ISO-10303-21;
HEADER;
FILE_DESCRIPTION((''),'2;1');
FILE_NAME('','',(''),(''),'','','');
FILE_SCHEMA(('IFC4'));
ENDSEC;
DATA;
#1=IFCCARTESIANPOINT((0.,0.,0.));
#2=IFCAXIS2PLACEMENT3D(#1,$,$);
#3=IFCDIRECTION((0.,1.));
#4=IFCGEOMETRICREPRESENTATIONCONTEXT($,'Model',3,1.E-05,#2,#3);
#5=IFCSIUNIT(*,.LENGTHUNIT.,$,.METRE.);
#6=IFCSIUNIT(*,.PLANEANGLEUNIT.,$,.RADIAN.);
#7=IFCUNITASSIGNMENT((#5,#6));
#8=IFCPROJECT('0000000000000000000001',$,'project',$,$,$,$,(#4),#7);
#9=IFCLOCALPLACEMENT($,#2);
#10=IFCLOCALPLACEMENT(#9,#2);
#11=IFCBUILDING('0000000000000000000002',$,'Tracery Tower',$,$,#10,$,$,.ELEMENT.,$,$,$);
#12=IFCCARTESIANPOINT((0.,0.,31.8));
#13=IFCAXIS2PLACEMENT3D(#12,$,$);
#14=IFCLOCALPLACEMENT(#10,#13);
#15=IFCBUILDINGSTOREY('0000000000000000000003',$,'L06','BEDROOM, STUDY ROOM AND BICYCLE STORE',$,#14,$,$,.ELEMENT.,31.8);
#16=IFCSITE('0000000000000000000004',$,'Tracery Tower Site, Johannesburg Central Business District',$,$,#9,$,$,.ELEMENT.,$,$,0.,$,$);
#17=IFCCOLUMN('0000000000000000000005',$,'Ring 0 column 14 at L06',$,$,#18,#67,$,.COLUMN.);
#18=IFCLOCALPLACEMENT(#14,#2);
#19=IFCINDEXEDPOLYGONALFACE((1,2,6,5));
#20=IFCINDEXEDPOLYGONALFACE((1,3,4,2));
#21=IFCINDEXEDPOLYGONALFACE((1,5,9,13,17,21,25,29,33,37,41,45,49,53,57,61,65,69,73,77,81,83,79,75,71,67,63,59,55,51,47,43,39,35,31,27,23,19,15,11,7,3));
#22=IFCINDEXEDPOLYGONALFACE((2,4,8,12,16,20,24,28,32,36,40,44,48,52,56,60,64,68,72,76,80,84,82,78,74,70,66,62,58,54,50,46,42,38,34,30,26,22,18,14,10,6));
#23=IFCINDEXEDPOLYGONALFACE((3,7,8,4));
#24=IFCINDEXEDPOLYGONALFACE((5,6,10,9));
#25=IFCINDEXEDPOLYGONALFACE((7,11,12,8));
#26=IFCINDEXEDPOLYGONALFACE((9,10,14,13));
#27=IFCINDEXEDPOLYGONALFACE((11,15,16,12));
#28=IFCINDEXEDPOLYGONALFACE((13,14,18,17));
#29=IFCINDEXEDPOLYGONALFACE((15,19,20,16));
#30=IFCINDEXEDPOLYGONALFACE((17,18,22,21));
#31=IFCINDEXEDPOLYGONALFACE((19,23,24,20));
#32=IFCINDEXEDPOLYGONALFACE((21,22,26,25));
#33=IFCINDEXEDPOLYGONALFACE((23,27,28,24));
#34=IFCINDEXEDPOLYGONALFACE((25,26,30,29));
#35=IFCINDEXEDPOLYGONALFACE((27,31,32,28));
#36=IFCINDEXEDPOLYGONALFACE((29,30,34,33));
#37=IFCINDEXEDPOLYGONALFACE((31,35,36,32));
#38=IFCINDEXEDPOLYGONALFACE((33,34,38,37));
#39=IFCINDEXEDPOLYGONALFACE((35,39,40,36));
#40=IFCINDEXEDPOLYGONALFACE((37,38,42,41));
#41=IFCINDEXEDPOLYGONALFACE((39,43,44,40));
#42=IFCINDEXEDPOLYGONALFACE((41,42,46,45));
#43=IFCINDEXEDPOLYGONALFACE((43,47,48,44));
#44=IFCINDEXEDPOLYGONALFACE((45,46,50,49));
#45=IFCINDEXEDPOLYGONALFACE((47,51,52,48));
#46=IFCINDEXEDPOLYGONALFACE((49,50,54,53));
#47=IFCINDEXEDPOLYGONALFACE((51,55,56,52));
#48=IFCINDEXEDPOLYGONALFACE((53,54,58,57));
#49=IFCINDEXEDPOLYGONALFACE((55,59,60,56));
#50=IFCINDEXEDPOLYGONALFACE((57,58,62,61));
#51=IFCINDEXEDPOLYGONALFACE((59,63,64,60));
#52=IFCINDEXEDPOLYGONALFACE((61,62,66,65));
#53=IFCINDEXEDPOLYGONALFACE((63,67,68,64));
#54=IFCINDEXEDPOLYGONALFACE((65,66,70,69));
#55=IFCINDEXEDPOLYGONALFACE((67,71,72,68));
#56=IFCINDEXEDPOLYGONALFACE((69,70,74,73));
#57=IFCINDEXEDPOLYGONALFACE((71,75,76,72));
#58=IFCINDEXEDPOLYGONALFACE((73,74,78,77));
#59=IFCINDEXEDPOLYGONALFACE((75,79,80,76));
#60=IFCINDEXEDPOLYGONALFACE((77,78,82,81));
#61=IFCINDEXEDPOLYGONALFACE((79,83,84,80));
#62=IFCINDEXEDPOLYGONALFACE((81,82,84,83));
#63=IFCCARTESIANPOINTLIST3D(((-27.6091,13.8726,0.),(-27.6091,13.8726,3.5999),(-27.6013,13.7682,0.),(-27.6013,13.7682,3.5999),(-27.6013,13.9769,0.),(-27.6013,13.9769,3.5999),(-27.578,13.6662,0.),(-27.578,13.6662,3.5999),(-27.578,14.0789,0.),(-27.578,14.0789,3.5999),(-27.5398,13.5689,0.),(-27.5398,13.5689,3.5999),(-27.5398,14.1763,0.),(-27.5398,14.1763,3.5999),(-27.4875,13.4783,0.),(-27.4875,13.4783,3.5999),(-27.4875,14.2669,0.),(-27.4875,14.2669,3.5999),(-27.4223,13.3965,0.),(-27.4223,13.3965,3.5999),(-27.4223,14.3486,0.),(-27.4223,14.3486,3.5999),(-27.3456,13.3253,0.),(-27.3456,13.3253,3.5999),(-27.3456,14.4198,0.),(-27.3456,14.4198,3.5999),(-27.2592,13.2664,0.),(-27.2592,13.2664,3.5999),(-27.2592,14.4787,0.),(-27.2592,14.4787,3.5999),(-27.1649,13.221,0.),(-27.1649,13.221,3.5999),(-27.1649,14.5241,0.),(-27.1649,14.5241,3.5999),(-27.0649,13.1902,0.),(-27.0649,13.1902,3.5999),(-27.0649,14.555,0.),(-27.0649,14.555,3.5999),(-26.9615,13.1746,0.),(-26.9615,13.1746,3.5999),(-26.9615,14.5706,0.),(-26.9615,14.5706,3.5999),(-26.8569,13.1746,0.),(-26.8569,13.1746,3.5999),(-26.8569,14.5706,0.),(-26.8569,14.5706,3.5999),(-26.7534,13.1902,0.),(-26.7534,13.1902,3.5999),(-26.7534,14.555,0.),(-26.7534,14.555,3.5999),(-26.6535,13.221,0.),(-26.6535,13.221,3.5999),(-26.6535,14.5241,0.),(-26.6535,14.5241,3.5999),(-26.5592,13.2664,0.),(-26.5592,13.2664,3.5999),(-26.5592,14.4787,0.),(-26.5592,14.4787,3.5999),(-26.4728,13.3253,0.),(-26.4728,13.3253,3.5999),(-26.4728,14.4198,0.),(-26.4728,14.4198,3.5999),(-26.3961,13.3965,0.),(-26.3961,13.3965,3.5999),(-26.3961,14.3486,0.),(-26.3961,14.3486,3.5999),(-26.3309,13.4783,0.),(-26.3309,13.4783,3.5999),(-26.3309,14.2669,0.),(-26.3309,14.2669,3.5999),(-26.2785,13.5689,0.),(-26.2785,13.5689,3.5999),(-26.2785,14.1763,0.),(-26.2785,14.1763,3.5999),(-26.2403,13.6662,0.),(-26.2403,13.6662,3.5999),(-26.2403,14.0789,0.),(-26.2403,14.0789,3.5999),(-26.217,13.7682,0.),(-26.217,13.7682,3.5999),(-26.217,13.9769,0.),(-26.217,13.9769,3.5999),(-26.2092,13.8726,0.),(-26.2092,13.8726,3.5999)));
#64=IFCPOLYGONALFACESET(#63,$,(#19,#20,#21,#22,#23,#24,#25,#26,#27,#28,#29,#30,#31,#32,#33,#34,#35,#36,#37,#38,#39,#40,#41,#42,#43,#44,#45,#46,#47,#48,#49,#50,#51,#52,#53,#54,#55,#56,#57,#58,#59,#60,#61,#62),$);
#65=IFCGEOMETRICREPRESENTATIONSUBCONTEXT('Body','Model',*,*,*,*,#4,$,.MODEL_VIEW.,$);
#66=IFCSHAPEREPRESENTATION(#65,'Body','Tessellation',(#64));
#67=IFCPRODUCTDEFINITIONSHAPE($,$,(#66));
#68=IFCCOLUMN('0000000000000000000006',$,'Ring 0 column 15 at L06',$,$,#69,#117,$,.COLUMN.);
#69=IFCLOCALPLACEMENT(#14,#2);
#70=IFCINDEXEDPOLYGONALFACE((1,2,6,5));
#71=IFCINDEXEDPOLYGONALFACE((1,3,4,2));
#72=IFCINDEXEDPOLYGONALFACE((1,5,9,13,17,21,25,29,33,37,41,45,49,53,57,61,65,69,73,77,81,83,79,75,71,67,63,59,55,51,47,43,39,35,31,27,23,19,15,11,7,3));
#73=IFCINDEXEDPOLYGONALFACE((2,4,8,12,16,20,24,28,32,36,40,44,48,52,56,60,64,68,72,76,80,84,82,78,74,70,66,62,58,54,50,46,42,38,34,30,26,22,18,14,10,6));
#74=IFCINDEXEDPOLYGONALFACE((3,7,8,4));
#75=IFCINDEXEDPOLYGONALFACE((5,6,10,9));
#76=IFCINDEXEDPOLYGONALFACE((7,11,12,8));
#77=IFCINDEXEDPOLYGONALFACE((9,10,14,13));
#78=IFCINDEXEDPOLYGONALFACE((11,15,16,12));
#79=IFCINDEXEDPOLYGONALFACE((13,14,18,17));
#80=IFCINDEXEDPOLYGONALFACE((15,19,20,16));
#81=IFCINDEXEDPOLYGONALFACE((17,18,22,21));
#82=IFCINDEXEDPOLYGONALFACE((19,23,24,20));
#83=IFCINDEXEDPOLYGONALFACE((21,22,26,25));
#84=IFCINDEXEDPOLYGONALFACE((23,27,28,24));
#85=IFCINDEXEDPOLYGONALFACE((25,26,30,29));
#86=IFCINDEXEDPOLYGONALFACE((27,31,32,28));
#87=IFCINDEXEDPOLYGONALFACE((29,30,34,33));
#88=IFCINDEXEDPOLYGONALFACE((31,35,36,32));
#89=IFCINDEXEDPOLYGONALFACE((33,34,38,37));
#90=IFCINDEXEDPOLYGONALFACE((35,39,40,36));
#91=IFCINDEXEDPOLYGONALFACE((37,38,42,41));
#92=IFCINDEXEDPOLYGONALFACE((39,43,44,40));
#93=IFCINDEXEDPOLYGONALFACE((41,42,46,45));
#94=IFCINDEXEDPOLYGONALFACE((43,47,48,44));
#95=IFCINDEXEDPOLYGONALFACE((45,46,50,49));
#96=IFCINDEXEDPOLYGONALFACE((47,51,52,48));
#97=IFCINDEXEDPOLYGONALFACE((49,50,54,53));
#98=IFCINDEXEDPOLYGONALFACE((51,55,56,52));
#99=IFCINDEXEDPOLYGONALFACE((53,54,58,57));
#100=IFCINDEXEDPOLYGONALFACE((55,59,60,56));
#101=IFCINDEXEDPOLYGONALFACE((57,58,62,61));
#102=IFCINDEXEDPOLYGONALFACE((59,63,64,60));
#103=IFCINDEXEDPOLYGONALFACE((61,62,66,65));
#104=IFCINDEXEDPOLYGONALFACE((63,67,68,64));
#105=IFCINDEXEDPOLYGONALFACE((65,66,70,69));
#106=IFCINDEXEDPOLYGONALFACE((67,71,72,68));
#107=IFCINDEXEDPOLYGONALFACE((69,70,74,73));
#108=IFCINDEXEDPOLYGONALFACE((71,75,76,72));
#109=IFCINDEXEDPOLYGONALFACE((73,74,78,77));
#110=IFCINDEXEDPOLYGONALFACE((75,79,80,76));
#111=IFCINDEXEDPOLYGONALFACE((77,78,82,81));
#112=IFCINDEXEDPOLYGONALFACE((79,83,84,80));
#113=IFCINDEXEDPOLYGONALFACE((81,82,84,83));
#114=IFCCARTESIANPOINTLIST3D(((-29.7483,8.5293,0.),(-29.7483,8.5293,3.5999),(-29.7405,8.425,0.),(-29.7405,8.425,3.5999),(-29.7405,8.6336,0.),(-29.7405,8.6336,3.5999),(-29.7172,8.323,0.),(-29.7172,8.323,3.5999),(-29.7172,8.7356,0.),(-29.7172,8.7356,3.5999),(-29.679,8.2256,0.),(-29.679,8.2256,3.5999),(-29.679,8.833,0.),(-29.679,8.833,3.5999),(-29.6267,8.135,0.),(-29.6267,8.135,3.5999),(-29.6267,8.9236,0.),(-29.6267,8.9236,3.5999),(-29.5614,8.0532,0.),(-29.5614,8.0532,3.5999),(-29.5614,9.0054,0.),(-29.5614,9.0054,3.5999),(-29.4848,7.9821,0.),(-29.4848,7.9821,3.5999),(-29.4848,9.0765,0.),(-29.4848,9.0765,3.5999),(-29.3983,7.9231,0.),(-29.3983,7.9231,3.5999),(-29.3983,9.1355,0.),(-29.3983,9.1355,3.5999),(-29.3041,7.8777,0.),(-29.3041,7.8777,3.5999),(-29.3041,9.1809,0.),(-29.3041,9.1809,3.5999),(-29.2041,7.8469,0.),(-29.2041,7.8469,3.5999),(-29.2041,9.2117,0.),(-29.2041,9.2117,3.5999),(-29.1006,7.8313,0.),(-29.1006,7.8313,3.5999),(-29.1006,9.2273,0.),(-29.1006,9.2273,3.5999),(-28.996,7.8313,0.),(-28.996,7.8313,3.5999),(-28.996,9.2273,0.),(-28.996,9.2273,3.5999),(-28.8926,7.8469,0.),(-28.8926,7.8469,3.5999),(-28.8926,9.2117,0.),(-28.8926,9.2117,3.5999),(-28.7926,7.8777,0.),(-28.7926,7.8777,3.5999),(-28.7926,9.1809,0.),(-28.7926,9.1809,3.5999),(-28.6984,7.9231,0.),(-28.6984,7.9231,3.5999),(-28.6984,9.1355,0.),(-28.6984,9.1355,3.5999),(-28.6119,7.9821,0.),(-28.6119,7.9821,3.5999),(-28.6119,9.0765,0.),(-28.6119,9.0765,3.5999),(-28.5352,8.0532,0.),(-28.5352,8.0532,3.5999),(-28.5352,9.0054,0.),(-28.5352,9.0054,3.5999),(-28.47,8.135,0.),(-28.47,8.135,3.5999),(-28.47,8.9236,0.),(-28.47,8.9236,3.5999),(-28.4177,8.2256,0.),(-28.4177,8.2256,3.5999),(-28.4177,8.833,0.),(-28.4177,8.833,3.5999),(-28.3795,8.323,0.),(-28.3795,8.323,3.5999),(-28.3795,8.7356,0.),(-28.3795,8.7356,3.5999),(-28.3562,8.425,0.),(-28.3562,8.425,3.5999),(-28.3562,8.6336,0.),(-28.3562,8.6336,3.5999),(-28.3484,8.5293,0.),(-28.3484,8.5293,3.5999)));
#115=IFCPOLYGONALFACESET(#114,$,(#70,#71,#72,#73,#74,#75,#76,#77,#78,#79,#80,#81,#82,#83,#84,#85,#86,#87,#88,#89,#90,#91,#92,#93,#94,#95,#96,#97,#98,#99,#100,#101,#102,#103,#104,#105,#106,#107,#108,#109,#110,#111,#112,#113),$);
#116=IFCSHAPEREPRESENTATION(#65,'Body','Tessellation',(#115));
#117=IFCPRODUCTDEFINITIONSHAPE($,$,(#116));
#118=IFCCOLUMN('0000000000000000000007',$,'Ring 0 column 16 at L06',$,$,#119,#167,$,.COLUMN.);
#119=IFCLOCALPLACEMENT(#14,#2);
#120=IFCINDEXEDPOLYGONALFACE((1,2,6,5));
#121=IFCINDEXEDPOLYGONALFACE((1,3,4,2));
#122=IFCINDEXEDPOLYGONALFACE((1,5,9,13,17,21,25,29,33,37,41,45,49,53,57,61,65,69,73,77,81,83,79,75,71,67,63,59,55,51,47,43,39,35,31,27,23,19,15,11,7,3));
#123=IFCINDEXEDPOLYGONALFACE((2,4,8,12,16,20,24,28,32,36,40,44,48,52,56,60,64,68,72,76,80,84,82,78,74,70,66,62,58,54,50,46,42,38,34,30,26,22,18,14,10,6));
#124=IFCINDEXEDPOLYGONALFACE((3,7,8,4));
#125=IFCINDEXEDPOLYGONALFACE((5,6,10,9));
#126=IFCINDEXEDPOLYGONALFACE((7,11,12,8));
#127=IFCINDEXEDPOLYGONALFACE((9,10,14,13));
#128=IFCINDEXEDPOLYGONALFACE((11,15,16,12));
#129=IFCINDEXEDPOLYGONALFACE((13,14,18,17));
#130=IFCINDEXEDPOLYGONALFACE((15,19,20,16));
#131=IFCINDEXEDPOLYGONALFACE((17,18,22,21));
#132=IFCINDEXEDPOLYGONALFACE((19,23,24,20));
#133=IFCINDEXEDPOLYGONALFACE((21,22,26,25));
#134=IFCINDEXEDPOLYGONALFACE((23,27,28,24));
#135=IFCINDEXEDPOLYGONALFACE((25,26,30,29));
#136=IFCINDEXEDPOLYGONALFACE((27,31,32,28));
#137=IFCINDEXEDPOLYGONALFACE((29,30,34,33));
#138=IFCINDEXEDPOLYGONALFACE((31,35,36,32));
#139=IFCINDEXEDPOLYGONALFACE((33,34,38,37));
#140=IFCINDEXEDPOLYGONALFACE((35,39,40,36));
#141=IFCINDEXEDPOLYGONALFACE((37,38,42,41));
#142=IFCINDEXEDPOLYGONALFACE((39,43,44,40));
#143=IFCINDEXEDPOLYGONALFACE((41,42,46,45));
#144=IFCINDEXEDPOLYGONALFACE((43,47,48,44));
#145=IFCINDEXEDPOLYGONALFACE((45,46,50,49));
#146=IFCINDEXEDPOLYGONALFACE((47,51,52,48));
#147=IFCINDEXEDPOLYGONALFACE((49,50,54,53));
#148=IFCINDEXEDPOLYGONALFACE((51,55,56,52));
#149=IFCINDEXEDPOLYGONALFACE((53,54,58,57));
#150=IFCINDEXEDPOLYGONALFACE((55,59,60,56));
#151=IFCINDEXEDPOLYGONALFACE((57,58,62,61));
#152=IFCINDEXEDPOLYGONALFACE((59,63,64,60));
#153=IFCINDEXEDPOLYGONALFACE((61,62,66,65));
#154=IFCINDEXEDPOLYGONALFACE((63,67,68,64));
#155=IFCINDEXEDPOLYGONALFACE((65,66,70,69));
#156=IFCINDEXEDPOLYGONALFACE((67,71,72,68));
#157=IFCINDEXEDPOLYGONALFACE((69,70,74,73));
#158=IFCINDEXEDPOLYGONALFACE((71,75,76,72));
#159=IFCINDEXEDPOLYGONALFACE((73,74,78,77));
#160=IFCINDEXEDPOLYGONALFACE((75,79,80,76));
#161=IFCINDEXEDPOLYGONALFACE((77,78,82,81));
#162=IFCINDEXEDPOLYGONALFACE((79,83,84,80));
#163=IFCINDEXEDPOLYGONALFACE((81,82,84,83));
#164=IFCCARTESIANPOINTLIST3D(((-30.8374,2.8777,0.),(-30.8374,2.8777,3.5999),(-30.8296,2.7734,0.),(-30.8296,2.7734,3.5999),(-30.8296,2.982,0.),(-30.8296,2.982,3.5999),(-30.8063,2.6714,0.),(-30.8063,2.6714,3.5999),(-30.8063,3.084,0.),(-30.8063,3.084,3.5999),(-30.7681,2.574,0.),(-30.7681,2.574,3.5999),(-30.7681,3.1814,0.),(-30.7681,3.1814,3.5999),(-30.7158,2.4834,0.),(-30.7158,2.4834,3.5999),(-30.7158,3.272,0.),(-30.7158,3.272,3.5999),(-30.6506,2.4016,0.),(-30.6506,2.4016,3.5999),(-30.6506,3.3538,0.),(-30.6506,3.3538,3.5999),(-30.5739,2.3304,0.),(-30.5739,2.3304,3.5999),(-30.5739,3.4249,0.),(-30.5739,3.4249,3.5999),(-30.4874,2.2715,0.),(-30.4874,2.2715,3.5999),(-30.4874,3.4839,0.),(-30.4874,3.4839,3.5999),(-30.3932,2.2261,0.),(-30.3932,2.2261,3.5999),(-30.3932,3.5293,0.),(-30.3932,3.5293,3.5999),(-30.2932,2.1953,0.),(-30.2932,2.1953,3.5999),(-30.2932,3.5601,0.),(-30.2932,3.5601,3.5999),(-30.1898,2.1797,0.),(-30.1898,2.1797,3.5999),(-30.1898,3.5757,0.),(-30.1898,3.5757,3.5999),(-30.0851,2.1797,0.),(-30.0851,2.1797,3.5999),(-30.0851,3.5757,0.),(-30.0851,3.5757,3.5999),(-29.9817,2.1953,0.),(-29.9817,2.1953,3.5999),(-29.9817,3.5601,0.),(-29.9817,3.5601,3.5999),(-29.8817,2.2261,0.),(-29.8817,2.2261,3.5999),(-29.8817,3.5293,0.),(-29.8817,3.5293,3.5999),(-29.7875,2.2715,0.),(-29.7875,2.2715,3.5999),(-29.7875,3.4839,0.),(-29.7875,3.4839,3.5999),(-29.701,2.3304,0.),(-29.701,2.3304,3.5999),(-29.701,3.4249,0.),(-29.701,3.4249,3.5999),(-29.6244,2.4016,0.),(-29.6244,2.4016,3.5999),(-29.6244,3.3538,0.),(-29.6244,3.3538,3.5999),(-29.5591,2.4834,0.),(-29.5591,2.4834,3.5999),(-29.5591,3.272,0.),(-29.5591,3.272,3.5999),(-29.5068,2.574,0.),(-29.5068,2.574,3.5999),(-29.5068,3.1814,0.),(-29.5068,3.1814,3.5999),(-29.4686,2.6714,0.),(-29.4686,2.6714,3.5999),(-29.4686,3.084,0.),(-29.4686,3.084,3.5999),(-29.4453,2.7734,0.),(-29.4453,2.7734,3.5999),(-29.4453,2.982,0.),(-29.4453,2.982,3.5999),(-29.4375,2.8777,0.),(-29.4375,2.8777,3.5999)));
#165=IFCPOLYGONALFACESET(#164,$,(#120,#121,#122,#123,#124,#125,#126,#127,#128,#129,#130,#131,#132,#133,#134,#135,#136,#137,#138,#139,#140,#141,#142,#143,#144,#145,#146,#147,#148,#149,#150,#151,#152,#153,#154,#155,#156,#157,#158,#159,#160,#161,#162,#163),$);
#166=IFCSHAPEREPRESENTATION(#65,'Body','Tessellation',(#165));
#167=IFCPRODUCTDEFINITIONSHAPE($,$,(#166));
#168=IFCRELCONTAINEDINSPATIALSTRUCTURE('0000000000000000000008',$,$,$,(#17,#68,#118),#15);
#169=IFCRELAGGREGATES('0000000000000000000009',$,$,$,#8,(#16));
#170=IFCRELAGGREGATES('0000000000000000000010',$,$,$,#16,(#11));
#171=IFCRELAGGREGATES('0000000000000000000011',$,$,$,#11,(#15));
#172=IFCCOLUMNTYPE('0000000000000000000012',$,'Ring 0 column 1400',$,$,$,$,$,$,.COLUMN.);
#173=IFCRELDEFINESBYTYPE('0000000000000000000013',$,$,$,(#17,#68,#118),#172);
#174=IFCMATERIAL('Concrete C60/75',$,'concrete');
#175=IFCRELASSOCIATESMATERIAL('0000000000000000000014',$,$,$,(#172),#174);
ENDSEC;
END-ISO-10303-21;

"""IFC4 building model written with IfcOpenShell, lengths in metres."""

from ifc_helpers import new_model, si_unit, direction, frame, origin, origin_2d, place, context, subcontext, project, spatial, circle, extrude, material, material_profile, profile_set, type_object, element, save


model = new_model("IFC4")

# Units and contexts
model_context = context("Model", 3, precision=1e-05, world=origin(), true_north=direction((0.0, 1.0)))
body_context = subcontext(model_context, "Body", "Model", "MODEL_VIEW")
ifc_project = project(units=[si_unit("LENGTHUNIT", "METRE"), si_unit("PLANEANGLEUNIT", "RADIAN")], contexts=[model_context])

# Site, building, storey
site_placement = place(None, origin())
site = spatial("IfcSite", under=ifc_project, at=site_placement, Name="Tracery Tower Site, Johannesburg Central Business District", CompositionType="ELEMENT", RefElevation=0.0)
building_placement = place(site_placement, origin())
building = spatial("IfcBuilding", under=site, at=building_placement, Name="Tracery Tower", CompositionType="ELEMENT")
storey_placement = place(building_placement, frame((0.0, 0.0, 31.8)))
storey = spatial("IfcBuildingStorey", under=building, at=storey_placement, Name="L06", Description="BEDROOM, STUDY ROOM AND BICYCLE STORE", CompositionType="ELEMENT", Elevation=31.8)

# Columns
ifc_material_1 = material(Name="Concrete C60/75", Category="concrete")
ifc_material_profile_1 = material_profile(ifc_material_1, circle(Radius=0.7, at=origin_2d()), Name="RC D1400")
ifc_profile_set_1 = profile_set([ifc_material_profile_1], Name="Concrete C60/75")
column_type_1 = type_object("IfcColumnType", Name="Ring 0 column 1400", PredefinedType="COLUMN", material=ifc_profile_set_1)
for number, where, z_axis, x_axis, name in (
    (1, (-26.9092, 13.8726, 0.0), (0.0, 0.0, 1.0), (1.0, 0.0, 0.0), "Ring 0 column 14 at L06"),
    (2, (-29.0483, 8.5293, 0.0), (0.0, 0.0, 1.0), (1.0, 0.0, 0.0), "Ring 0 column 15 at L06"),
    (3, (-30.1375, 2.8777, 0.0), (0.0, 0.0, 1.0), (1.0, 0.0, 0.0), "Ring 0 column 16 at L06"),
):
    element("IfcColumn", number, at=place(storey_placement, frame(where, z_axis=z_axis, x_axis=x_axis)), inside=storey, type_object=column_type_1, Name=name, PredefinedType="COLUMN", context=body_context, shape_type="SweptSolid", body=[
        extrude(circle(Radius=0.7, at=origin_2d()), origin(), (0.0, 0.0, 1.0), 3.5999),
    ])

save(model, "model.ifc")
